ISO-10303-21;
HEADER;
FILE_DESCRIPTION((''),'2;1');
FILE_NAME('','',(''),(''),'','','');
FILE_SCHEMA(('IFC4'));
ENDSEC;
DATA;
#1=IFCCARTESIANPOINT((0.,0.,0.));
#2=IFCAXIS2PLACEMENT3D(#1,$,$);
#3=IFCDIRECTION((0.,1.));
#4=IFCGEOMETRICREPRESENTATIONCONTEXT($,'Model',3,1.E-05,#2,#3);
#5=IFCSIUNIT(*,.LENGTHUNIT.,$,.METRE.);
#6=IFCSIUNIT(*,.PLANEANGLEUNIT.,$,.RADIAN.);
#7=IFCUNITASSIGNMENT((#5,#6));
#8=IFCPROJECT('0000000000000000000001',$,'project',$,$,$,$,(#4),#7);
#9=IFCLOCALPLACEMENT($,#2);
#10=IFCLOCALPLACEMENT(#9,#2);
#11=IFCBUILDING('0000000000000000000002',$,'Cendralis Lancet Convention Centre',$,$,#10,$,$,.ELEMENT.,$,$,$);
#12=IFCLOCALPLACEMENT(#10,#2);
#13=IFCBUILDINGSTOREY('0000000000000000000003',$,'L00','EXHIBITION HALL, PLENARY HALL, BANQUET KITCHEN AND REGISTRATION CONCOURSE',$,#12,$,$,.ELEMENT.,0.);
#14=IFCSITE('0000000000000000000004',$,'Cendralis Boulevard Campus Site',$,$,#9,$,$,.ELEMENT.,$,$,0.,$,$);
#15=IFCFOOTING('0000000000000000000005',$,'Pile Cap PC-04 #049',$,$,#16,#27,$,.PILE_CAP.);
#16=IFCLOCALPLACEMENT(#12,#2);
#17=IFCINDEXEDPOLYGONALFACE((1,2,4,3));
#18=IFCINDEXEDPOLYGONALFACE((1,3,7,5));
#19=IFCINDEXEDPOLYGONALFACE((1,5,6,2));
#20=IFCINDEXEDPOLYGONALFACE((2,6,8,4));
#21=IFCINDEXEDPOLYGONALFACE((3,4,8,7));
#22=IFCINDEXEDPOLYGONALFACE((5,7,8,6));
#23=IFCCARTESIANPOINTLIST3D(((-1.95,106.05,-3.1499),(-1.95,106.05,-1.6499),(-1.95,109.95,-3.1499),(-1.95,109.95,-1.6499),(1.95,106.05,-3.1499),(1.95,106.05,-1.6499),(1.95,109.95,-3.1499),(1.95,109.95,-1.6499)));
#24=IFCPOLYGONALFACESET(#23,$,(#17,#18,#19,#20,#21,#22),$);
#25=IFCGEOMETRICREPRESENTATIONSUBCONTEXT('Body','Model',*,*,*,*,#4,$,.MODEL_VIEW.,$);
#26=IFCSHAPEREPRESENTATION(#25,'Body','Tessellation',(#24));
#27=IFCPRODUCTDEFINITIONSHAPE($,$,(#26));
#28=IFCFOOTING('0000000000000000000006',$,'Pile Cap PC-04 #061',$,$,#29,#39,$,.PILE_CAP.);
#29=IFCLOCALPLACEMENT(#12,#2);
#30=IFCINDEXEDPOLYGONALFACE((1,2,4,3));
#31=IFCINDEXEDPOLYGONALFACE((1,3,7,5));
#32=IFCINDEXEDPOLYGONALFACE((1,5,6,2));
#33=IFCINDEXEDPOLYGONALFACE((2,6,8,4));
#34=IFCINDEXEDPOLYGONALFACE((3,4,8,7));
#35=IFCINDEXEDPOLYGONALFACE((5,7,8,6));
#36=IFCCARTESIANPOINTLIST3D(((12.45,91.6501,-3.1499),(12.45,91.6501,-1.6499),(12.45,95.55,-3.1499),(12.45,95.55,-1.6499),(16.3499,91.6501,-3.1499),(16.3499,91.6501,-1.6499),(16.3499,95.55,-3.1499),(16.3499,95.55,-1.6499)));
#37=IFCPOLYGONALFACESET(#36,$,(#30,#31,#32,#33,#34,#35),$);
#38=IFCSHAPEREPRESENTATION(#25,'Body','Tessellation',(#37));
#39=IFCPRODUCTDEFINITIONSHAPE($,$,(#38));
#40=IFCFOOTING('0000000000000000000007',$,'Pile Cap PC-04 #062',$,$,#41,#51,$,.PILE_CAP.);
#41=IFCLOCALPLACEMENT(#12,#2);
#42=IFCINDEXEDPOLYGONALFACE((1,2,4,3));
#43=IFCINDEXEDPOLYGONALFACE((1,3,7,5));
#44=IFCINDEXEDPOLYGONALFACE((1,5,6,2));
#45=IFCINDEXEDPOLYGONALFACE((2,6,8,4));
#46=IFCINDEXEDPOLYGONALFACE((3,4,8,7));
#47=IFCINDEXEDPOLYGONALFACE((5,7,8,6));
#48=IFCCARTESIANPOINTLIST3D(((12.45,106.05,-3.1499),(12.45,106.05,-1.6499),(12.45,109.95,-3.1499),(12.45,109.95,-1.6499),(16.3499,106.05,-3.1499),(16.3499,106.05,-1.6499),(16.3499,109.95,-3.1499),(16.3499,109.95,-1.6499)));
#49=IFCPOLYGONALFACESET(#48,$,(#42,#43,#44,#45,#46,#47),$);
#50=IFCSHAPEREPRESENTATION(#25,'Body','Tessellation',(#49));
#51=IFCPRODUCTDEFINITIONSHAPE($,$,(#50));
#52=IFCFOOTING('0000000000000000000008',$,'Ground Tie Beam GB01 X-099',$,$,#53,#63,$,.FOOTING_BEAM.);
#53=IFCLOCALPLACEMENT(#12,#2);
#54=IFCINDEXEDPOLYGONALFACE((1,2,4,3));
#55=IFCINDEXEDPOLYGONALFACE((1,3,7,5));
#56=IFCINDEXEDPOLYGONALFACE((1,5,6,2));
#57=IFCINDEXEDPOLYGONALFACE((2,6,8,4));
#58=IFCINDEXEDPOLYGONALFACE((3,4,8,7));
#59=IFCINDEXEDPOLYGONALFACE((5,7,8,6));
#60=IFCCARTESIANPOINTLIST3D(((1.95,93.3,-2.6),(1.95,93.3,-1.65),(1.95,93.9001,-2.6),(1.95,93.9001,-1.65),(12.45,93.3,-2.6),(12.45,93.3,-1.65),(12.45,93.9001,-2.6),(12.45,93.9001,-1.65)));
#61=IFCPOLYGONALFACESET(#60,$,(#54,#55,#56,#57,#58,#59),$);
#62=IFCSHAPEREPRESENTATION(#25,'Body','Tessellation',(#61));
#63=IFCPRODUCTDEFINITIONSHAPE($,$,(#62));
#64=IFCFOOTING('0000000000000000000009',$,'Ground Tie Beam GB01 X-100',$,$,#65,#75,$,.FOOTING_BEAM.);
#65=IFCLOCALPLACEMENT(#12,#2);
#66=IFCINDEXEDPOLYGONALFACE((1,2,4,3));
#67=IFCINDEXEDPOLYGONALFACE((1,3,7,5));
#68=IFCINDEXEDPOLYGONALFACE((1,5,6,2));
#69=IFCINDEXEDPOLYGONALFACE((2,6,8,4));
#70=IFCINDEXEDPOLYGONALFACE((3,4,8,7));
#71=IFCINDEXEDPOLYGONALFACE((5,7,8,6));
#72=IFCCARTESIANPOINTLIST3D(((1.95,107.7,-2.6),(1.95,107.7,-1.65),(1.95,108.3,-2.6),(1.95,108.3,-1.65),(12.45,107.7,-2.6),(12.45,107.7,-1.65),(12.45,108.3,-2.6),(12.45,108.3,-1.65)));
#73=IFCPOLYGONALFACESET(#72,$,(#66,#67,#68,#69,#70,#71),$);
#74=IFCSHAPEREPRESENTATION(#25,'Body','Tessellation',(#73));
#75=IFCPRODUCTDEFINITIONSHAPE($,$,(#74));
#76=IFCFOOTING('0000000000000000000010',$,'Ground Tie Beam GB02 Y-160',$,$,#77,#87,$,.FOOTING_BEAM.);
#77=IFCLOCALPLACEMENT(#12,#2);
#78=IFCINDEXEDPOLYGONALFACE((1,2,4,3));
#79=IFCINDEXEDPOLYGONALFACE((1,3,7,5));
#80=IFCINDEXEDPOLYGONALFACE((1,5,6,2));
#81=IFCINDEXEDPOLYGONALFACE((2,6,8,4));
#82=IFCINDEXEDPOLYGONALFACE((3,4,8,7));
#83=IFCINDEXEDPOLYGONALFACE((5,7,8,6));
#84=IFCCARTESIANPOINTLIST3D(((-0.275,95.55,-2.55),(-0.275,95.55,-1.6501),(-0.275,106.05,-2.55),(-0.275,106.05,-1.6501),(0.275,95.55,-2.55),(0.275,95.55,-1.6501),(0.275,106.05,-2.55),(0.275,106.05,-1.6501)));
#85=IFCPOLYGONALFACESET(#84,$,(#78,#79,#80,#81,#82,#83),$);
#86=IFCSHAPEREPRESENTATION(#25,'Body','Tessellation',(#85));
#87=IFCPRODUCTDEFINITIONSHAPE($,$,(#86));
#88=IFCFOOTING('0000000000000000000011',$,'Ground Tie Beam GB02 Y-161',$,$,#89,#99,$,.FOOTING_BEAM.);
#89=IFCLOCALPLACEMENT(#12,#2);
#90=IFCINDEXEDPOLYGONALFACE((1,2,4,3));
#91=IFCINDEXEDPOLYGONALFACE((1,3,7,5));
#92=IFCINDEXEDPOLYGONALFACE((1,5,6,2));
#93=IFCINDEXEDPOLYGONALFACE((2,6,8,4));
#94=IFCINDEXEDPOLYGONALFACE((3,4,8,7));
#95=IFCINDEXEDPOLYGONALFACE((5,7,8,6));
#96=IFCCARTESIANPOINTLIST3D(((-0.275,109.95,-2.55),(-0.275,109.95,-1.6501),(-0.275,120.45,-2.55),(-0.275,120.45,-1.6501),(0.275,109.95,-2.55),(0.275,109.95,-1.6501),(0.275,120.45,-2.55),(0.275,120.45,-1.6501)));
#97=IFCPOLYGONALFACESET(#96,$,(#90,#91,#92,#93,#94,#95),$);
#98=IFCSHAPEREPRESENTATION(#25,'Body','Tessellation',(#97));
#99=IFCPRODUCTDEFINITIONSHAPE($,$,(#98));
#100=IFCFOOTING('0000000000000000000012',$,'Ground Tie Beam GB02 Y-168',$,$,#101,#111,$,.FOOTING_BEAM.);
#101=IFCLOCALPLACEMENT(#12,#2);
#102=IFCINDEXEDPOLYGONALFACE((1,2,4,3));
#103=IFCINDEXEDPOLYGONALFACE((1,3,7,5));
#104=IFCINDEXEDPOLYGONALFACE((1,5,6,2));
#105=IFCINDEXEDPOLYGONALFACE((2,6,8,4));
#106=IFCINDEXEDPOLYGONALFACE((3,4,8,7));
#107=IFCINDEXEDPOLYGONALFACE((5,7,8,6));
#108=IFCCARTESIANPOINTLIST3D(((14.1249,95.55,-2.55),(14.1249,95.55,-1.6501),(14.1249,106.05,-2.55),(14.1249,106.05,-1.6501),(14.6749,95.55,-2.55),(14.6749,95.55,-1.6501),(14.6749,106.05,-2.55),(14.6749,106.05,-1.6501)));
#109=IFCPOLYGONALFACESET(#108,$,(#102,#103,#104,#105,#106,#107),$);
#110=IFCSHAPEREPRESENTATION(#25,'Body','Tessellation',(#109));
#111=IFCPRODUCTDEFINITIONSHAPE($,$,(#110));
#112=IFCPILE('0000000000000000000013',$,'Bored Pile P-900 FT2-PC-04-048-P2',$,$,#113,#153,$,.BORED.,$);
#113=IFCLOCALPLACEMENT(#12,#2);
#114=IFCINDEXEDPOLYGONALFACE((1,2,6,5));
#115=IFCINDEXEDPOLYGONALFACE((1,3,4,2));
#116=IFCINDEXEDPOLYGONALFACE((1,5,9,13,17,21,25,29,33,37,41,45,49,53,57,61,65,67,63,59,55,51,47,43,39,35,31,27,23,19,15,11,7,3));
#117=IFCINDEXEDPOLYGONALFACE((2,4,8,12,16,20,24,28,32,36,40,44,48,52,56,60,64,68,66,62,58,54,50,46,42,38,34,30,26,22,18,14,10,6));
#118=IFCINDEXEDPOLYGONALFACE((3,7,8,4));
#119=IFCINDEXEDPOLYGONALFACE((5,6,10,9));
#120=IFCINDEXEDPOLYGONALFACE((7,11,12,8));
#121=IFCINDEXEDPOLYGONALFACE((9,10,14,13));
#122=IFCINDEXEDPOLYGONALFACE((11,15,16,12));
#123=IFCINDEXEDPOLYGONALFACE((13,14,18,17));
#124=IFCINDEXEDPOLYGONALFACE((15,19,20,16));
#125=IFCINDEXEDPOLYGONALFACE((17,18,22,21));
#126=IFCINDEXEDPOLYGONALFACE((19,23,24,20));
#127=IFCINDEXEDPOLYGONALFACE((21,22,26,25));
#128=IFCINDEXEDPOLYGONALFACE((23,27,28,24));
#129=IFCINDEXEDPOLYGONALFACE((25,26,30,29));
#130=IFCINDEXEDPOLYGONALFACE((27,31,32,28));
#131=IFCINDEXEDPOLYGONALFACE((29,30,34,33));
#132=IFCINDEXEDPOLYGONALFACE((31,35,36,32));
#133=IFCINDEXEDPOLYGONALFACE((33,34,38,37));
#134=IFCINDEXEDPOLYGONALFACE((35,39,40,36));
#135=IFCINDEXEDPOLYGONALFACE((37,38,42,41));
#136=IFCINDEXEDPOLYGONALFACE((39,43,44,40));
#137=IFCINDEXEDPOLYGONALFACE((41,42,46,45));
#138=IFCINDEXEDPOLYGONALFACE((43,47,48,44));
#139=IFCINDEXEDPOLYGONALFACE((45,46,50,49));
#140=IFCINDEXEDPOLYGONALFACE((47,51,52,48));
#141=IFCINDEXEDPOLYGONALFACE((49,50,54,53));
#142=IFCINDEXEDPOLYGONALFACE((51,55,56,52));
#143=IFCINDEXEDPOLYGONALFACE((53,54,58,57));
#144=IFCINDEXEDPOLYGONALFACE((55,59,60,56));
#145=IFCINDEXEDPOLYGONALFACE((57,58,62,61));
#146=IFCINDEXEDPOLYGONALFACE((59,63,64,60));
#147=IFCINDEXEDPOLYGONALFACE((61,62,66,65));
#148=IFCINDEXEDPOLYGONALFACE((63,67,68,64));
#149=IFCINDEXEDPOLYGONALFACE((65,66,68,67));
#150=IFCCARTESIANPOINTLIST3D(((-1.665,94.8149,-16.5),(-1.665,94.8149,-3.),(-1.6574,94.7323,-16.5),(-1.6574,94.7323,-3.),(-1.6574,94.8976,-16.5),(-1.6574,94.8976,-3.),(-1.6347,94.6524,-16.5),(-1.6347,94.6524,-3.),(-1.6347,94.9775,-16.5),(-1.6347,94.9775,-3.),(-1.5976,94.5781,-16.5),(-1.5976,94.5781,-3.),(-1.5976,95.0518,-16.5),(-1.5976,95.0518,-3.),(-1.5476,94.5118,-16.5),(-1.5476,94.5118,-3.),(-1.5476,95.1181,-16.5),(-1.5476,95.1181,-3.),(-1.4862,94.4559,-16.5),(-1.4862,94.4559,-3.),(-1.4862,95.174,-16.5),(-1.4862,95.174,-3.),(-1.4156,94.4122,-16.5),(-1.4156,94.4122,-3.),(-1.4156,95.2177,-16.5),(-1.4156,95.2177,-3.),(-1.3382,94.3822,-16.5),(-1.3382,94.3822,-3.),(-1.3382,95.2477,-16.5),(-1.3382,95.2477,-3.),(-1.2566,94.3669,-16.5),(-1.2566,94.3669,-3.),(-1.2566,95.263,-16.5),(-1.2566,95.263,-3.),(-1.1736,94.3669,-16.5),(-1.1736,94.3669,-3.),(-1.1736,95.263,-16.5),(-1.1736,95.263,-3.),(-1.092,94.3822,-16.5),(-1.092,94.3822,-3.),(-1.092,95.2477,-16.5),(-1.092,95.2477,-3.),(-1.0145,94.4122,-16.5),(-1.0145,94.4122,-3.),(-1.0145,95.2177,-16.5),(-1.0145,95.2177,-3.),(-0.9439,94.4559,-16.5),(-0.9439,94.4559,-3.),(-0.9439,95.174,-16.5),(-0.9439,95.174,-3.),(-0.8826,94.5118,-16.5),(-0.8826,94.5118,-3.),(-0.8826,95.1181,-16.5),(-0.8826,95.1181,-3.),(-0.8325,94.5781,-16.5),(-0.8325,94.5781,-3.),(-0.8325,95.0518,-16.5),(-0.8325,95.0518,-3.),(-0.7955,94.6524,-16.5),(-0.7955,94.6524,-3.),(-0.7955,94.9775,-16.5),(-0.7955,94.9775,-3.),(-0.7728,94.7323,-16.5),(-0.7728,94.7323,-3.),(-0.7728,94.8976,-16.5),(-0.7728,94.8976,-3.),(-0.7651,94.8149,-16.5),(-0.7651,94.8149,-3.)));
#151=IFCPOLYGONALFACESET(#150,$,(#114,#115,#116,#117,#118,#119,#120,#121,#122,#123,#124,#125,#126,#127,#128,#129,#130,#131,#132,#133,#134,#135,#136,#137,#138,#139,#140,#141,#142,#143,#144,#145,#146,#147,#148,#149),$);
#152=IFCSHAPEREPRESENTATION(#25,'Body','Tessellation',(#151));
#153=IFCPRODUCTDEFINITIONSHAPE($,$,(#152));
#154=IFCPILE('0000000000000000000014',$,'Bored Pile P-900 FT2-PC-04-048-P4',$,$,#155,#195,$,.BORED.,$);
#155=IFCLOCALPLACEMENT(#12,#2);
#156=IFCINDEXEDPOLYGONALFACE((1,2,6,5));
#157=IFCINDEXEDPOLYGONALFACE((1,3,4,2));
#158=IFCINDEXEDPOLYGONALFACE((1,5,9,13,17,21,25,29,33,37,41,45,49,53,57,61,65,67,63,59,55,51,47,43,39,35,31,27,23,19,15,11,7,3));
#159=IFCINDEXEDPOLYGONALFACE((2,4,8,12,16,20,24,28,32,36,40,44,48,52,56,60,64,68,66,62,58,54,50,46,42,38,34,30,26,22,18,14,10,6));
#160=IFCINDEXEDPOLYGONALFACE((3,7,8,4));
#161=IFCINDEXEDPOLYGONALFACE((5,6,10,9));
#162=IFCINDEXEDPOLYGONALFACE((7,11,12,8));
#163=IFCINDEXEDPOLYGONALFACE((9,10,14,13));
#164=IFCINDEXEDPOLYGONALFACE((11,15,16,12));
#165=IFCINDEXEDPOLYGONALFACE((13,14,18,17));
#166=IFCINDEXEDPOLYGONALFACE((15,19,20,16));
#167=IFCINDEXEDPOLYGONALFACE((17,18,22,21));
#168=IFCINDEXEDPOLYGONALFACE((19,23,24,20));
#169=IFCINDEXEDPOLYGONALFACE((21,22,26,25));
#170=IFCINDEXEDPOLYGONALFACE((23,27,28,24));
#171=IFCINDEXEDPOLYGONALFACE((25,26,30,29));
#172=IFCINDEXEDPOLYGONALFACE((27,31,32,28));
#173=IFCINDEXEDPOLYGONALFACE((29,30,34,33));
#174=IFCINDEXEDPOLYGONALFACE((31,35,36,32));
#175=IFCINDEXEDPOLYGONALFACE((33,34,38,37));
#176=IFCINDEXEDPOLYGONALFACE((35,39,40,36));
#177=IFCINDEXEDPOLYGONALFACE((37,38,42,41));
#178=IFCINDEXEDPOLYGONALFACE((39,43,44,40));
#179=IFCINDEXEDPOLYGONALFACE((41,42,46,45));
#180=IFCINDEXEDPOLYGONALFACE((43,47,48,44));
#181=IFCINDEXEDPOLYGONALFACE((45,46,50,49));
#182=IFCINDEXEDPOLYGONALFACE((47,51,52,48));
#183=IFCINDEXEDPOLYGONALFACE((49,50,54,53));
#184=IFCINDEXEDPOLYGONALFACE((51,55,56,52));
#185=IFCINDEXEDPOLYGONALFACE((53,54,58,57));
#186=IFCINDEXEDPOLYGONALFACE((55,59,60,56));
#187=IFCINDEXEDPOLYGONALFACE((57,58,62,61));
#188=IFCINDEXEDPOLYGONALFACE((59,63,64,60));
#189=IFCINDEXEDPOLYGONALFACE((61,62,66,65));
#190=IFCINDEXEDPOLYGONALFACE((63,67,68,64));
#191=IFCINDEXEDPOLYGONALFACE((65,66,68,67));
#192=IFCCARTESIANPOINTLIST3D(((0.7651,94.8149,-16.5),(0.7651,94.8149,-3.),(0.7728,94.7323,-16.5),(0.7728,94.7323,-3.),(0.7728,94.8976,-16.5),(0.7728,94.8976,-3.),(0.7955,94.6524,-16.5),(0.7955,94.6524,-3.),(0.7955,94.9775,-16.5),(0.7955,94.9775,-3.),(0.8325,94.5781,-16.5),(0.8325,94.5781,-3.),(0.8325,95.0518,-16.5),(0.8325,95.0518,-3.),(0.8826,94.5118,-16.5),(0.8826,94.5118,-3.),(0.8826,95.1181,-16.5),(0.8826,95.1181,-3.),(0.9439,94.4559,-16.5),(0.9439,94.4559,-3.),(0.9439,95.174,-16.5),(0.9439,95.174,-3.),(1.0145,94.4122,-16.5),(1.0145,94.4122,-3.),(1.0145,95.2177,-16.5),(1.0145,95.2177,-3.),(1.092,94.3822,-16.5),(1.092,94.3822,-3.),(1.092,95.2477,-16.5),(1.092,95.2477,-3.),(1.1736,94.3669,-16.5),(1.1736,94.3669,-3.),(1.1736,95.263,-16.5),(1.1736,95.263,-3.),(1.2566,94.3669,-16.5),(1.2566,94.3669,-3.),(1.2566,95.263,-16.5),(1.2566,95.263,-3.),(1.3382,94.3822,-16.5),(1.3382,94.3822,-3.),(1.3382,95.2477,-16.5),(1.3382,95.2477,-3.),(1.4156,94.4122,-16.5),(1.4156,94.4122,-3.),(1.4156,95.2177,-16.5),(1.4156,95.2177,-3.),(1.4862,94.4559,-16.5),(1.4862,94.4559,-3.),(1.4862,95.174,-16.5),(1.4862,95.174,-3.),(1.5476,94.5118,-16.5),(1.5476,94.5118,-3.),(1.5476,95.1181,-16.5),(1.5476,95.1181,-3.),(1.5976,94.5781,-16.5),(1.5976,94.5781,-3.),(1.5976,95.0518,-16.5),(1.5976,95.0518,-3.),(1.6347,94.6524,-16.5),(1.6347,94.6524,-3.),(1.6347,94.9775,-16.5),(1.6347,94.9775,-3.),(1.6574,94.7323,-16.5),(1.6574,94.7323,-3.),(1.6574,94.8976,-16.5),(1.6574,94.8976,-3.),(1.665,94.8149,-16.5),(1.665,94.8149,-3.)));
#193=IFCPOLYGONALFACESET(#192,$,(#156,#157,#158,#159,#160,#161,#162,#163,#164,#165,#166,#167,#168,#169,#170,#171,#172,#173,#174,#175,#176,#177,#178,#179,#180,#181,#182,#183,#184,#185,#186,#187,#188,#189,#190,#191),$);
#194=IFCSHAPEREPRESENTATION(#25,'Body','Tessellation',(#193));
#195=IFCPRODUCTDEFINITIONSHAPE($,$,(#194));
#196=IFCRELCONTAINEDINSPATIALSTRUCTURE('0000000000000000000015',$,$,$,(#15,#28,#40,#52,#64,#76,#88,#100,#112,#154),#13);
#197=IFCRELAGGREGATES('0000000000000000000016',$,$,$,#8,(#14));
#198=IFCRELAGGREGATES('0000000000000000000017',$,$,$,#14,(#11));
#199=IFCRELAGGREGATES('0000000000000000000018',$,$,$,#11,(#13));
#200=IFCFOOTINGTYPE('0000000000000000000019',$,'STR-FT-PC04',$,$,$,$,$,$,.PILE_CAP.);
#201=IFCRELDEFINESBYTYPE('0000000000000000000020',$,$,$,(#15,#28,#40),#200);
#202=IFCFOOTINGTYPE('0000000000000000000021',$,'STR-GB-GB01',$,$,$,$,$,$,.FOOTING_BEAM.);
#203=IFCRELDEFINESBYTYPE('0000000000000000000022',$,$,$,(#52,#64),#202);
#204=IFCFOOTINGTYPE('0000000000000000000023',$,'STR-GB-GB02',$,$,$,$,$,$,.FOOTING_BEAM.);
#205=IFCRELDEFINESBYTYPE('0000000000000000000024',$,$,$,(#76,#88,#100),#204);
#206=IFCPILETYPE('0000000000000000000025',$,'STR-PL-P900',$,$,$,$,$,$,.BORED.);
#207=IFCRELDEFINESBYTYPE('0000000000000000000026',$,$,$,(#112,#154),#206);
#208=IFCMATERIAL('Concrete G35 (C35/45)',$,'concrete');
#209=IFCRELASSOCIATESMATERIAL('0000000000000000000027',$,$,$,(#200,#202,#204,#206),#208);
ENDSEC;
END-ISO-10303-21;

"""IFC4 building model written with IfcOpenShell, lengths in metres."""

from ifc_helpers import new_model, si_unit, direction, frame, origin, origin_2d, place, context, subcontext, project, spatial, rectangle, circle, extrude, material, material_profile, profile_set, type_object, element, save


model = new_model("IFC4")

# Units and contexts
model_context = context("Model", 3, precision=1e-05, world=origin(), true_north=direction((0.0, 1.0)))
body_context = subcontext(model_context, "Body", "Model", "MODEL_VIEW")
ifc_project = project(units=[si_unit("LENGTHUNIT", "METRE"), si_unit("PLANEANGLEUNIT", "RADIAN")], contexts=[model_context])

# Site, building, storey
site_placement = place(None, origin())
site = spatial("IfcSite", under=ifc_project, at=site_placement, Name="Cendralis Boulevard Campus Site", CompositionType="ELEMENT", RefElevation=0.0)
building_placement = place(site_placement, origin())
building = spatial("IfcBuilding", under=site, at=building_placement, Name="Cendralis Lancet Convention Centre", CompositionType="ELEMENT")
storey_placement = place(building_placement, origin())
storey = spatial("IfcBuildingStorey", under=building, at=storey_placement, Name="L00", Description="EXHIBITION HALL, PLENARY HALL, BANQUET KITCHEN AND REGISTRATION CONCOURSE", CompositionType="ELEMENT", Elevation=0.0)

# Footings
ifc_material_1 = material(Name="Concrete G35 (C35/45)", Category="concrete")
footing_type_1 = type_object("IfcFootingType", Name="STR-FT-PC04", PredefinedType="PILE_CAP", material=ifc_material_1)
for number, where, z_axis, x_axis, name in (
    (1, (0.0, 108.0, -3.1499), (0.0, 0.0, 1.0), (1.0, 0.0, 0.0), "Pile Cap PC-04 #049"),
    (2, (14.3999, 93.6001, -3.1499), (0.0, 0.0, 1.0), (1.0, 0.0, 0.0), "Pile Cap PC-04 #061"),
    (3, (14.3999, 108.0, -3.1499), (0.0, 0.0, 1.0), (1.0, 0.0, 0.0), "Pile Cap PC-04 #062"),
):
    element("IfcFooting", number, at=place(storey_placement, frame(where, z_axis=z_axis, x_axis=x_axis)), inside=storey, type_object=footing_type_1, Name=name, PredefinedType="PILE_CAP", context=body_context, shape_type="SweptSolid", body=[
        extrude(rectangle(XDim=3.8999, YDim=3.8999, at=origin_2d()), origin(), (0.0, 0.0, 1.0), 1.5),
    ])
ifc_material_profile_1 = material_profile(ifc_material_1, rectangle(XDim=0.6001, YDim=0.95, at=origin_2d()), Name="RCB 600x950")
ifc_profile_set_1 = profile_set([ifc_material_profile_1], Name="Concrete G35 (C35/45)")
footing_type_2 = type_object("IfcFootingType", Name="STR-GB-GB01", PredefinedType="FOOTING_BEAM", material=ifc_profile_set_1)
for number, where, z_axis, x_axis, name in (
    (4, (1.95, 93.6001, -2.125), (1.0, 0.0, 0.0), (0.0, 1.0, 0.0), "Ground Tie Beam GB01 X-099"),
    (5, (1.95, 108.0, -2.125), (1.0, 0.0, 0.0), (0.0, 1.0, 0.0), "Ground Tie Beam GB01 X-100"),
):
    element("IfcFooting", number, at=place(storey_placement, frame(where, z_axis=z_axis, x_axis=x_axis)), inside=storey, type_object=footing_type_2, Name=name, PredefinedType="FOOTING_BEAM", context=body_context, shape_type="SweptSolid", body=[
        extrude(rectangle(XDim=0.6001, YDim=0.95, at=origin_2d()), origin(), (0.0, 0.0, 1.0), 10.5),
    ])
ifc_material_profile_2 = material_profile(ifc_material_1, rectangle(XDim=0.55, YDim=0.8999, at=origin_2d()), Name="RCB 550x900")
ifc_profile_set_2 = profile_set([ifc_material_profile_2], Name="Concrete G35 (C35/45)")
footing_type_3 = type_object("IfcFootingType", Name="STR-GB-GB02", PredefinedType="FOOTING_BEAM", material=ifc_profile_set_2)
for number, where, z_axis, x_axis, name in (
    (6, (0.0, 95.55, -2.1001), (0.0, 1.0, 0.0), (-1.0, 0.0, 0.0), "Ground Tie Beam GB02 Y-160"),
    (7, (0.0, 109.95, -2.1001), (0.0, 1.0, 0.0), (-1.0, 0.0, 0.0), "Ground Tie Beam GB02 Y-161"),
    (8, (14.3999, 95.55, -2.1001), (0.0, 1.0, 0.0), (-1.0, 0.0, 0.0), "Ground Tie Beam GB02 Y-168"),
):
    element("IfcFooting", number, at=place(storey_placement, frame(where, z_axis=z_axis, x_axis=x_axis)), inside=storey, type_object=footing_type_3, Name=name, PredefinedType="FOOTING_BEAM", context=body_context, shape_type="SweptSolid", body=[
        extrude(rectangle(XDim=0.55, YDim=0.8999, at=origin_2d()), origin(), (0.0, 0.0, 1.0), 10.5),
    ])

# Piles
ifc_material_profile_3 = material_profile(ifc_material_1, circle(Radius=0.45, at=origin_2d()), Name="BORED PILE D900")
ifc_profile_set_3 = profile_set([ifc_material_profile_3], Name="Concrete G35 (C35/45)")
pile_type = type_object("IfcPileType", Name="STR-PL-P900", PredefinedType="BORED", material=ifc_profile_set_3)
for number, where, z_axis, x_axis, name in (
    (9, (-1.2151, 94.8149, -3.0), (0.0, 0.0, -1.0), (1.0, 0.0, 0.0), "Bored Pile P-900 FT2-PC-04-048-P2"),
    (10, (1.2151, 94.8149, -3.0), (0.0, 0.0, -1.0), (1.0, 0.0, 0.0), "Bored Pile P-900 FT2-PC-04-048-P4"),
):
    element("IfcPile", number, at=place(storey_placement, frame(where, z_axis=z_axis, x_axis=x_axis)), inside=storey, type_object=pile_type, Name=name, PredefinedType="BORED", context=body_context, shape_type="SweptSolid", body=[
        extrude(circle(Radius=0.45, at=origin_2d()), origin(), (0.0, 0.0, 1.0), 13.5),
    ])

save(model, "model.ifc")
